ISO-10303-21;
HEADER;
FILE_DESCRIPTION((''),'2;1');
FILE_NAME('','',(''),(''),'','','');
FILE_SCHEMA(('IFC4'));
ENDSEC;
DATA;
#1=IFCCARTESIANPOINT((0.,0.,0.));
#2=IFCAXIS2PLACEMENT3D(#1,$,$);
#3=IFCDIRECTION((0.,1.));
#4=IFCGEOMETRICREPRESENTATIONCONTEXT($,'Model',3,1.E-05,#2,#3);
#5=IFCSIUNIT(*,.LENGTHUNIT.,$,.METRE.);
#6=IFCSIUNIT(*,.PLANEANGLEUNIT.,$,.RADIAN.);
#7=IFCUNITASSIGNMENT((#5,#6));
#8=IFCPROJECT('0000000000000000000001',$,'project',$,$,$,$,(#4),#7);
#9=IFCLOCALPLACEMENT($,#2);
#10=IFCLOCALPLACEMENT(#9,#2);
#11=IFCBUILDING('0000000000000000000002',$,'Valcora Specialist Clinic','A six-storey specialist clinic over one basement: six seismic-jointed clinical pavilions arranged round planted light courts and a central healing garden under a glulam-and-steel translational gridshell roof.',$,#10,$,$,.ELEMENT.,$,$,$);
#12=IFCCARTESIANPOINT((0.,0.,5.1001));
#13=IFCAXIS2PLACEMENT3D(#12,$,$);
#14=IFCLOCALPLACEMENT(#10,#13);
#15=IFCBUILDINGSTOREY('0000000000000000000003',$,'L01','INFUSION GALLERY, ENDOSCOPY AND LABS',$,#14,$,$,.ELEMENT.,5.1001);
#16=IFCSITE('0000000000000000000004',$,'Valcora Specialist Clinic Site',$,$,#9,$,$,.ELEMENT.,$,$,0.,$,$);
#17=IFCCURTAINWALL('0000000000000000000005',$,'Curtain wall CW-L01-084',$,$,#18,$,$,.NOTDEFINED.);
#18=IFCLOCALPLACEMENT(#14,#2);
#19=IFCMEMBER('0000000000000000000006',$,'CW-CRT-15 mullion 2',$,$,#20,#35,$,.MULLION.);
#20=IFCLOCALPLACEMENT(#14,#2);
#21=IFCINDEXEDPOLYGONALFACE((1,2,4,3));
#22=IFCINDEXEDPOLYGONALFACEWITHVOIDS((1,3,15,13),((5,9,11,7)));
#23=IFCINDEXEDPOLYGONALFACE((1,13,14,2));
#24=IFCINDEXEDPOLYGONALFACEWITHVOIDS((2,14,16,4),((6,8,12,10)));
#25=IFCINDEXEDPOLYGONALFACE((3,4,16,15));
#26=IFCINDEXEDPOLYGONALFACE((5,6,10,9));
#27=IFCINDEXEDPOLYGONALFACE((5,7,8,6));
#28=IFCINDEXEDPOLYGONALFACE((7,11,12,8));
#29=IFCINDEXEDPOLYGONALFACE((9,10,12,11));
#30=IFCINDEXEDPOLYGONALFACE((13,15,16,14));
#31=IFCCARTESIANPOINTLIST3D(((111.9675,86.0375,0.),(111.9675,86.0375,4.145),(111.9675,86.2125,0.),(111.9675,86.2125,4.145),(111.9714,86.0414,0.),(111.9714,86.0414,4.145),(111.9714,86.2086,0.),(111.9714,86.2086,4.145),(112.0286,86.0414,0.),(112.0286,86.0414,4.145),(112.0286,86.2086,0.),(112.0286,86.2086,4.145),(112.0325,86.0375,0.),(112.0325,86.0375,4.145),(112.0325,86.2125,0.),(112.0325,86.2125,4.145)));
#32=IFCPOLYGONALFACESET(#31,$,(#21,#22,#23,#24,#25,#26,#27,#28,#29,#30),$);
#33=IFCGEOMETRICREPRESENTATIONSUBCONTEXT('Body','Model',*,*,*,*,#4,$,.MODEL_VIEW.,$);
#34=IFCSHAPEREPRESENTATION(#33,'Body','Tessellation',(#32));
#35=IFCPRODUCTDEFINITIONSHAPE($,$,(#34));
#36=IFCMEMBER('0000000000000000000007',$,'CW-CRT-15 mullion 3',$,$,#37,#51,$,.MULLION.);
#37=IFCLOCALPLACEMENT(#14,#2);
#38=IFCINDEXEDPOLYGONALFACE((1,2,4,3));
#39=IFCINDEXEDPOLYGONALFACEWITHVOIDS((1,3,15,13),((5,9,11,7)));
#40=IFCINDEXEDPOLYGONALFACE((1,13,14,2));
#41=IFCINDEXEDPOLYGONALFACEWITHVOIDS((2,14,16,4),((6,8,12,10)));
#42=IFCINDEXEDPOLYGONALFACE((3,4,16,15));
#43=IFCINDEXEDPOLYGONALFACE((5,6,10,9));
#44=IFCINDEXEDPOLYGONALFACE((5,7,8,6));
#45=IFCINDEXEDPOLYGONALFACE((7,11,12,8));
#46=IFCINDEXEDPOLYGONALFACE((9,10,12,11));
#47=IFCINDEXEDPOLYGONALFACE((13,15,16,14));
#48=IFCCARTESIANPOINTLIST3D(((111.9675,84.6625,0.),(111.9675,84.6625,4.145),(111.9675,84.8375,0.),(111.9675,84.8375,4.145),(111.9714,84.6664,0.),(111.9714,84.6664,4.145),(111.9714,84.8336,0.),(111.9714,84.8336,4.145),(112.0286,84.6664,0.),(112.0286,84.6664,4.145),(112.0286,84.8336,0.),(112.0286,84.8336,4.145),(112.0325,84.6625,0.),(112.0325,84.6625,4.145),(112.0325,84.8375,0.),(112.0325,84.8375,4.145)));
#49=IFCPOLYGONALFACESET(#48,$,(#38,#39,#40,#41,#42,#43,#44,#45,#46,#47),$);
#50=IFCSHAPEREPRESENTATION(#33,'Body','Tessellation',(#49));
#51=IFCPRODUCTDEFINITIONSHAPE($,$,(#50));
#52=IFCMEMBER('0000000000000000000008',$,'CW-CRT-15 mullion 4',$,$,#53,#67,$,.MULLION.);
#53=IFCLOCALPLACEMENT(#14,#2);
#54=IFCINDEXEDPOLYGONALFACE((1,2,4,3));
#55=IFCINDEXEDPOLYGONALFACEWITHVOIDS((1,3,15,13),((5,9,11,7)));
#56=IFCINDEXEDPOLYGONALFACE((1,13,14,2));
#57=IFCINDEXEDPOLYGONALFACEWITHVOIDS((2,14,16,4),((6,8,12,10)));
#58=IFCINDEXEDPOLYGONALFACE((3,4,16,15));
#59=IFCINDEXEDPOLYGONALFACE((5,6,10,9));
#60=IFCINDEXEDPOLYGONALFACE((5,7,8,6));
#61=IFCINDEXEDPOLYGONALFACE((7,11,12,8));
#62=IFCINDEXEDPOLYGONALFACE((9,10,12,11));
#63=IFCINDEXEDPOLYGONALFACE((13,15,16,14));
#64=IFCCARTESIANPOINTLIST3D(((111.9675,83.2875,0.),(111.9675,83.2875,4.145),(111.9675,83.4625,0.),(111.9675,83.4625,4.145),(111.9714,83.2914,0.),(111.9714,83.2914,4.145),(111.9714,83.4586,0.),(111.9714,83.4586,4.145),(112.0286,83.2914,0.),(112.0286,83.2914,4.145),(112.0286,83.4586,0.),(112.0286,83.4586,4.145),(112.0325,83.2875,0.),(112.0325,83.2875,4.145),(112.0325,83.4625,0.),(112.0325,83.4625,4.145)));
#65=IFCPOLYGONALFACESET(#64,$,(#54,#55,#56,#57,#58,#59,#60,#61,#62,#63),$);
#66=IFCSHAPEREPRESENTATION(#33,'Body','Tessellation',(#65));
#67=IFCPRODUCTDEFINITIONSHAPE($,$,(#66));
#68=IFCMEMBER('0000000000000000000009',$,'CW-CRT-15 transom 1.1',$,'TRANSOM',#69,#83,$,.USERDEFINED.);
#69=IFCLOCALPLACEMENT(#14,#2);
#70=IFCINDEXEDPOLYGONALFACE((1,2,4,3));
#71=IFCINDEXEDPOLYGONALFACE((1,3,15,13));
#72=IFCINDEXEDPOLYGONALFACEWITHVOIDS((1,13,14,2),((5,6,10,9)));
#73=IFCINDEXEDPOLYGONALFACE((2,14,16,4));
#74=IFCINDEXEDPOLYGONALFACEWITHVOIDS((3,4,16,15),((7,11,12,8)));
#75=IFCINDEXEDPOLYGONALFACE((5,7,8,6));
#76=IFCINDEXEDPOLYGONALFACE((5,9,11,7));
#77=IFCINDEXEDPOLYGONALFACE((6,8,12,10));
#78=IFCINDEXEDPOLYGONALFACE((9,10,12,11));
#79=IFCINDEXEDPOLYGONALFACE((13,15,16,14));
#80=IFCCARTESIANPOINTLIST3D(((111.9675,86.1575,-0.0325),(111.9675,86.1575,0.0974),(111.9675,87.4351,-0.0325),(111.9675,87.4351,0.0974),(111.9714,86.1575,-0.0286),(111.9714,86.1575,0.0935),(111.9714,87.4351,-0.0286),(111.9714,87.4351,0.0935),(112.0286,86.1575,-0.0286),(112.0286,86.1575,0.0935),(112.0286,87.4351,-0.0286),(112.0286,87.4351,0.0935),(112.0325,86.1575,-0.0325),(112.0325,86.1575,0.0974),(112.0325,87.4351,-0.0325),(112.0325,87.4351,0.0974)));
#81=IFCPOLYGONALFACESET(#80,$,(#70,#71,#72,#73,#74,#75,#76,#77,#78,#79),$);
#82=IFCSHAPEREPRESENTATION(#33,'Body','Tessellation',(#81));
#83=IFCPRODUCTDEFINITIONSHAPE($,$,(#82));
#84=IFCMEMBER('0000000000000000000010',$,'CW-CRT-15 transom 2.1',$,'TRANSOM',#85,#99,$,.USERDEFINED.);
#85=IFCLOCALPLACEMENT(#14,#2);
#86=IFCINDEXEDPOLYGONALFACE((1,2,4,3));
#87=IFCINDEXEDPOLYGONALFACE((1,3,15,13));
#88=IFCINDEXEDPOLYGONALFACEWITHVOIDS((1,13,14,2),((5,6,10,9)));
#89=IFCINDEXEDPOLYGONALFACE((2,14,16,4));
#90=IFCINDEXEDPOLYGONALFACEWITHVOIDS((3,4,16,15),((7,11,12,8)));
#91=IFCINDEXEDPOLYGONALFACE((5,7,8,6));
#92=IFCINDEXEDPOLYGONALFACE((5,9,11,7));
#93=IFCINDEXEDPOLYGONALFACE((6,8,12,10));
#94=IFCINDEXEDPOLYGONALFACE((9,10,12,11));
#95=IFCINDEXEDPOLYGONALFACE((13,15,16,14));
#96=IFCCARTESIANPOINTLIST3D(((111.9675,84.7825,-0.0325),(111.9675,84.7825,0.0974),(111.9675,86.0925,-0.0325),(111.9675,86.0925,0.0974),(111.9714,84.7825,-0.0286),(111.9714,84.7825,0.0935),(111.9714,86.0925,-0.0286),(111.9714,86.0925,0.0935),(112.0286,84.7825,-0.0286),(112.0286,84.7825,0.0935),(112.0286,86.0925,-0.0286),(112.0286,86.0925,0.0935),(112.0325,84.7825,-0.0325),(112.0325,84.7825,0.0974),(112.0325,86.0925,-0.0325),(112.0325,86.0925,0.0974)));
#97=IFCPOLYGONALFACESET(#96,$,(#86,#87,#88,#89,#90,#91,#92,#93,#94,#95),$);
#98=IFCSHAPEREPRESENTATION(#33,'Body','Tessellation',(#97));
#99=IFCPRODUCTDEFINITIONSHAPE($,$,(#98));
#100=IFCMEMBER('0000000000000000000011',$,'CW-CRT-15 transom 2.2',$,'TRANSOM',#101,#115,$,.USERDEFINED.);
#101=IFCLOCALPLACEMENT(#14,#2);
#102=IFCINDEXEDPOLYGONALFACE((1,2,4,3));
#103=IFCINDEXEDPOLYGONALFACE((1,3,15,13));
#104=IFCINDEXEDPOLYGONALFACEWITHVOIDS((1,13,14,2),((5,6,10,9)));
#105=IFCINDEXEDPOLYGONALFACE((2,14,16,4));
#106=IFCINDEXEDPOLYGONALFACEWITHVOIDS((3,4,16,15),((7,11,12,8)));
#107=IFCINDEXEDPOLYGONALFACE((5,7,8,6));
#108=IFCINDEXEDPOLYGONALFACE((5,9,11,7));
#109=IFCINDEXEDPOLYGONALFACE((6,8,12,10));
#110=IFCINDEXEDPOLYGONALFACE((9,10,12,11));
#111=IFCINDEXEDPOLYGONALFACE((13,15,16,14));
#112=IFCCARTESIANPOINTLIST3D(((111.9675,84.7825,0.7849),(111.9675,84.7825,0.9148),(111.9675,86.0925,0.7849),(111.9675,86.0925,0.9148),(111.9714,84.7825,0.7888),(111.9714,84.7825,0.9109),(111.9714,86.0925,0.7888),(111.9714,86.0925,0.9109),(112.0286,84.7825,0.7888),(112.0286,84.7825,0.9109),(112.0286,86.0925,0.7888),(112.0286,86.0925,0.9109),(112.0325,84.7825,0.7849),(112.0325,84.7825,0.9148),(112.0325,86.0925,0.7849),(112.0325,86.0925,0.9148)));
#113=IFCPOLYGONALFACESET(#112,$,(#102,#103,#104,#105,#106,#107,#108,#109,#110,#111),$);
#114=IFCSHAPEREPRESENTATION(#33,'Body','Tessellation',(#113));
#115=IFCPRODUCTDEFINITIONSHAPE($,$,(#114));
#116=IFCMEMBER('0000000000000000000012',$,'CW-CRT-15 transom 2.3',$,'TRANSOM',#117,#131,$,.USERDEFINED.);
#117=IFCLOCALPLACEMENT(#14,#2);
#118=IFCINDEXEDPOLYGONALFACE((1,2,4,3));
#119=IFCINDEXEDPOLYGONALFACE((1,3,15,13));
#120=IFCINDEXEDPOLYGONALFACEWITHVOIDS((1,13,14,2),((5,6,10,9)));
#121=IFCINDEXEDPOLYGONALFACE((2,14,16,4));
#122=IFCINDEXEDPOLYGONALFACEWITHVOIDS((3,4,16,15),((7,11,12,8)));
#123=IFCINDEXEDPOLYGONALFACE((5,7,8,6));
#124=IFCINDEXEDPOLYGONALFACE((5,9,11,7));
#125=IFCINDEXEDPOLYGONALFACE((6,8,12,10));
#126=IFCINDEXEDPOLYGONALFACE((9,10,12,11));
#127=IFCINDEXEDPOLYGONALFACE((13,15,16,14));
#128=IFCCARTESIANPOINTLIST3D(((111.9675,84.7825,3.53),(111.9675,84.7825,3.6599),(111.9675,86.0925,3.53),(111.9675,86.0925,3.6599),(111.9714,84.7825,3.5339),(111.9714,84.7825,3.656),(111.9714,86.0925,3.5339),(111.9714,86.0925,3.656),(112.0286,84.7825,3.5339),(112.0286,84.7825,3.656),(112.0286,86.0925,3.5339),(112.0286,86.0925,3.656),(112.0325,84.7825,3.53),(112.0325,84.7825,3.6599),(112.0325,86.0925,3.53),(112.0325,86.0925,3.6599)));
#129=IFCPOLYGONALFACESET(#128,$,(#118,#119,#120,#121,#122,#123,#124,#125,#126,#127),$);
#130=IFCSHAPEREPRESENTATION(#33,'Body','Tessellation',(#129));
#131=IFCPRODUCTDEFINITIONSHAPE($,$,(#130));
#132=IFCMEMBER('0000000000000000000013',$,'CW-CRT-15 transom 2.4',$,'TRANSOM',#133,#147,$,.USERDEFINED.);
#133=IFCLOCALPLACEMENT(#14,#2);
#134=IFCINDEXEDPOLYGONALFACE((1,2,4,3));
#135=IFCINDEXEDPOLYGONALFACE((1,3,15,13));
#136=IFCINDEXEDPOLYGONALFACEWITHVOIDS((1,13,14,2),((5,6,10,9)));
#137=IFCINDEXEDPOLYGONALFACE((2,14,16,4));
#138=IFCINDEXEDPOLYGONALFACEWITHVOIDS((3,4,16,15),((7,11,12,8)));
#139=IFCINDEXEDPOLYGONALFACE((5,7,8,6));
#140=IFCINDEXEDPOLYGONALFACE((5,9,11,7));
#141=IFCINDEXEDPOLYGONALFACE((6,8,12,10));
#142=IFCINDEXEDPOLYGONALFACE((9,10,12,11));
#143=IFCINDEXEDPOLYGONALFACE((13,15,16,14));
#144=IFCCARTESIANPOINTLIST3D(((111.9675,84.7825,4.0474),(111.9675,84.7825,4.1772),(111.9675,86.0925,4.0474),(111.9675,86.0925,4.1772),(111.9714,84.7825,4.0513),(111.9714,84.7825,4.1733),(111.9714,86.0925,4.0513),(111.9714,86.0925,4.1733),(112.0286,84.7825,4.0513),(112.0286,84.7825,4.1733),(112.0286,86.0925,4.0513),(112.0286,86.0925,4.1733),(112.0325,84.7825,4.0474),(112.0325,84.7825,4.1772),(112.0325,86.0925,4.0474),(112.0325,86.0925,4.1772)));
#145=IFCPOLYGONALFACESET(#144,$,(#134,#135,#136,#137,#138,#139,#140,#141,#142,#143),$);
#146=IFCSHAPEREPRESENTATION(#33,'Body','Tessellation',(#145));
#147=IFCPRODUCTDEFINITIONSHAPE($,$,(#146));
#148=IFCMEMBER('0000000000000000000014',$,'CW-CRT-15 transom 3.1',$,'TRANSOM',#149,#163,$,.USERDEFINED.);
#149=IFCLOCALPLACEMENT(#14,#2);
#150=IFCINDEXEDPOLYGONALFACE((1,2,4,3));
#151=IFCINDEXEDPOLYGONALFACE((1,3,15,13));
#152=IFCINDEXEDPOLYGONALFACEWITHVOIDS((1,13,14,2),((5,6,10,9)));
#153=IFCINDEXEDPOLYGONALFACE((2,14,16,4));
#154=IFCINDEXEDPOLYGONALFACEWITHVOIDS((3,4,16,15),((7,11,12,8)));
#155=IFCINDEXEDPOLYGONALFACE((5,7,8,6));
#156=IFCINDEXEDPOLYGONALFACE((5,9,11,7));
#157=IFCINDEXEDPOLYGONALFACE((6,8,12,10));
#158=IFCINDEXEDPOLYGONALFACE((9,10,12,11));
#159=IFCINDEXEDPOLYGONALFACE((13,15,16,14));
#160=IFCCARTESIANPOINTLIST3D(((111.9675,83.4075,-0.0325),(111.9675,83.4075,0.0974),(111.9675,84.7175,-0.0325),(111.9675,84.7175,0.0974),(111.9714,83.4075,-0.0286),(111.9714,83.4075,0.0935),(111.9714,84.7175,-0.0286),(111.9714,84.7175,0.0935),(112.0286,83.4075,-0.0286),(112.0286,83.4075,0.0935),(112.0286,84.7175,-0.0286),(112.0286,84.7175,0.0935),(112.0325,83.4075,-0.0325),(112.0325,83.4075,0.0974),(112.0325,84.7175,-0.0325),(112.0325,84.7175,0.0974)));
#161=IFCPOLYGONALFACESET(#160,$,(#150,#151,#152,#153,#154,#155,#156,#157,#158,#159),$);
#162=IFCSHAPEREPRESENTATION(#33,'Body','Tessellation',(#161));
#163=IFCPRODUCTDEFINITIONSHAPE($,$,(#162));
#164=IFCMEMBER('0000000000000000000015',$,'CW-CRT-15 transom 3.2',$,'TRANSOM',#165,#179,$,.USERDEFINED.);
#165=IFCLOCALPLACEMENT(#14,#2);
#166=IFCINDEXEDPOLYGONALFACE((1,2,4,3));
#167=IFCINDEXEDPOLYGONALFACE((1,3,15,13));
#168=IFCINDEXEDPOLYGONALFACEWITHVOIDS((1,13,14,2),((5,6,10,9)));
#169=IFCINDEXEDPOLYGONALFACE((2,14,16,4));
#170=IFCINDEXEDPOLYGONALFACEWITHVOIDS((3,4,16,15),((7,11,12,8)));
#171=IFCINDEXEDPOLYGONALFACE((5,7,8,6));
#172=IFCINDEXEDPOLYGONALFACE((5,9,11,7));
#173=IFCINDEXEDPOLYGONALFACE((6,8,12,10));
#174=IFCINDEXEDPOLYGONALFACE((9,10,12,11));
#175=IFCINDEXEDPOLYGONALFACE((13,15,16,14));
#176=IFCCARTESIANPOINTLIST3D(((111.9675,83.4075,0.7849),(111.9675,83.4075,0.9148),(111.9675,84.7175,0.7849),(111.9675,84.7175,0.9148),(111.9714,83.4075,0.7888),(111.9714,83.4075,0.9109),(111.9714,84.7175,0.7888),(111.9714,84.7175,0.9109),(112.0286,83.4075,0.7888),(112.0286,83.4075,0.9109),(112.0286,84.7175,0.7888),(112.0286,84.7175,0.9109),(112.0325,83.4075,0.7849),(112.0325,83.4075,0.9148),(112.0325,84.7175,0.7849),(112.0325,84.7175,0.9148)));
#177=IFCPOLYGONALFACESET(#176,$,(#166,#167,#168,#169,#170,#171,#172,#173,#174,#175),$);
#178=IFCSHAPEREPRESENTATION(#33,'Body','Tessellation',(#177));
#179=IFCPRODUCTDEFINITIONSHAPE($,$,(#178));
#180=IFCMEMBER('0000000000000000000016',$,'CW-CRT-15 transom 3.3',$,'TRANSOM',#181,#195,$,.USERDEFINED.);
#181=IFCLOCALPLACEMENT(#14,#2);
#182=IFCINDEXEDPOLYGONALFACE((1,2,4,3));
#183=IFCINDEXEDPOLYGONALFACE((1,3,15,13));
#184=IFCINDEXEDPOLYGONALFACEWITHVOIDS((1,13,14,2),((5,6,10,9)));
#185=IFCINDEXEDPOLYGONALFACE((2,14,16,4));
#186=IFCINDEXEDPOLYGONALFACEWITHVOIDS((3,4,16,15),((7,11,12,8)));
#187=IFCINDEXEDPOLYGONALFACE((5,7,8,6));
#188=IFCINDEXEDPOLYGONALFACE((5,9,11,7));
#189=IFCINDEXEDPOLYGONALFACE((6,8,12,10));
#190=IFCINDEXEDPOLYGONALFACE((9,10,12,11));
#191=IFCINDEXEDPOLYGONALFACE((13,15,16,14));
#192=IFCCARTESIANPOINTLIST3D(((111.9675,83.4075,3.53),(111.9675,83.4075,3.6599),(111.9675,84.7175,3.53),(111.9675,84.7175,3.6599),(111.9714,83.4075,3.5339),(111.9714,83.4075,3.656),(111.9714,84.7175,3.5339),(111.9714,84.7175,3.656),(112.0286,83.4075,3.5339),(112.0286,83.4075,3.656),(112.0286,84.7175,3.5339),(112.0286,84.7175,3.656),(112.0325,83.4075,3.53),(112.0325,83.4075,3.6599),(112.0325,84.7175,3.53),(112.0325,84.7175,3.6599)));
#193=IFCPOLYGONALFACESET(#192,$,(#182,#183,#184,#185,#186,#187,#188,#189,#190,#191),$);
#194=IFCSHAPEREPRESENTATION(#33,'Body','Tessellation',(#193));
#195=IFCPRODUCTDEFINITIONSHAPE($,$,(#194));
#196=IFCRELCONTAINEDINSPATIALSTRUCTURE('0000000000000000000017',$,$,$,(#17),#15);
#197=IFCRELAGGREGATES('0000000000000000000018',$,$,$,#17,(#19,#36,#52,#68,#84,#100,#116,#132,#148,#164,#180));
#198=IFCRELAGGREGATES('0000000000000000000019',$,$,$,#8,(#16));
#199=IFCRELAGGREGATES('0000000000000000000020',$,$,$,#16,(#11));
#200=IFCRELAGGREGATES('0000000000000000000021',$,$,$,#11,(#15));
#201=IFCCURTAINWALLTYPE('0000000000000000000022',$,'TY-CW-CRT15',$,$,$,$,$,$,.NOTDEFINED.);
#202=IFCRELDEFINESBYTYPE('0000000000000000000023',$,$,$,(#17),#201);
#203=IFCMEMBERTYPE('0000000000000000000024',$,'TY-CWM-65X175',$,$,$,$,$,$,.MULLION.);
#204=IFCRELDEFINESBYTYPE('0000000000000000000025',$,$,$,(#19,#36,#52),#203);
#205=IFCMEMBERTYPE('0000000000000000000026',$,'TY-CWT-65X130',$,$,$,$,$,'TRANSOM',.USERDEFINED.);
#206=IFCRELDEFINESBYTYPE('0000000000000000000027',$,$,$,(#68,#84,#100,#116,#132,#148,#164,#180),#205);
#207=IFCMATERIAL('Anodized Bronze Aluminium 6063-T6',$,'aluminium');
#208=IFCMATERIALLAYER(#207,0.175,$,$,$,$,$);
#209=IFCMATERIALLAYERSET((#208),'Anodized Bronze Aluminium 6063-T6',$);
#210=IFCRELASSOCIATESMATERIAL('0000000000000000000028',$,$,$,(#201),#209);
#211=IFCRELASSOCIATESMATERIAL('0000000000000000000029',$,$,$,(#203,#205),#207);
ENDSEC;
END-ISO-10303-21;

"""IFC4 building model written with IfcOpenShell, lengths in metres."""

from ifc_helpers import new_model, si_unit, direction, frame, origin, origin_2d, place, context, subcontext, project, spatial, hollow_rectangle, extrude, material, layer, layer_set, material_profile, profile_set, type_object, element, aggregate, save


model = new_model("IFC4")

# Units and contexts
model_context = context("Model", 3, precision=1e-05, world=origin(), true_north=direction((0.0, 1.0)))
body_context = subcontext(model_context, "Body", "Model", "MODEL_VIEW")
ifc_project = project(units=[si_unit("LENGTHUNIT", "METRE"), si_unit("PLANEANGLEUNIT", "RADIAN")], contexts=[model_context])

# Site, building, storey
site_placement = place(None, origin())
site = spatial("IfcSite", under=ifc_project, at=site_placement, Name="Valcora Specialist Clinic Site", CompositionType="ELEMENT", RefElevation=0.0)
building_placement = place(site_placement, origin())
building = spatial("IfcBuilding", under=site, at=building_placement, Name="Valcora Specialist Clinic", Description="A six-storey specialist clinic over one basement: six seismic-jointed clinical pavilions arranged round planted light courts and a central healing garden under a glulam-and-steel translational gridshell roof.", CompositionType="ELEMENT")
storey_placement = place(building_placement, frame((0.0, 0.0, 5.1001)))
storey = spatial("IfcBuildingStorey", under=building, at=storey_placement, Name="L01", Description="INFUSION GALLERY, ENDOSCOPY AND LABS", CompositionType="ELEMENT", Elevation=5.1001)

# Curtain wall, members
ifc_material_1 = material(Name="Anodized Bronze Aluminium 6063-T6", Category="aluminium")
ifc_layer_1 = layer(ifc_material_1, 0.175)
ifc_layer_set_1 = layer_set([ifc_layer_1], Name="Anodized Bronze Aluminium 6063-T6")
curtain_wall_type = type_object("IfcCurtainWallType", Name="TY-CW-CRT15", PredefinedType="NOTDEFINED", material=ifc_layer_set_1)
curtain_wall_placement = place(storey_placement, origin())
curtain_wall = element("IfcCurtainWall", 1, at=curtain_wall_placement, inside=storey, type_object=curtain_wall_type, Name="Curtain wall CW-L01-084", PredefinedType="NOTDEFINED")
ifc_material_profile_1 = material_profile(ifc_material_1, hollow_rectangle(XDim=0.0649, YDim=0.175, WallThickness=0.0039, at=origin_2d()), Name="AL-MUL-65X175")
ifc_profile_set_1 = profile_set([ifc_material_profile_1], Name="Anodized Bronze Aluminium 6063-T6")
member_type_1 = type_object("IfcMemberType", Name="TY-CWM-65X175", PredefinedType="MULLION", material=ifc_profile_set_1)
member_1_placement = place(storey_placement, frame((112.0, 86.125, 0.0), z_axis=(0.0, 0.0, 1.0), x_axis=(1.0, 0.0, 0.0)))
member_1 = element("IfcMember", 2, at=member_1_placement, type_object=member_type_1, Name="CW-CRT-15 mullion 2", PredefinedType="MULLION", context=body_context, shape_type="SweptSolid", body=[
    extrude(hollow_rectangle(XDim=0.0649, YDim=0.175, WallThickness=0.0039, at=origin_2d()), origin(), (0.0, 0.0, 1.0), 4.145),
])
member_2_placement = place(storey_placement, frame((112.0, 84.75, 0.0), z_axis=(0.0, 0.0, 1.0), x_axis=(1.0, 0.0, 0.0)))
member_2 = element("IfcMember", 3, at=member_2_placement, type_object=member_type_1, Name="CW-CRT-15 mullion 3", PredefinedType="MULLION", context=body_context, shape_type="SweptSolid", body=[
    extrude(hollow_rectangle(XDim=0.0649, YDim=0.175, WallThickness=0.0039, at=origin_2d()), origin(), (0.0, 0.0, 1.0), 4.145),
])
member_3_placement = place(storey_placement, frame((112.0, 83.375, 0.0), z_axis=(0.0, 0.0, 1.0), x_axis=(1.0, 0.0, 0.0)))
member_3 = element("IfcMember", 4, at=member_3_placement, type_object=member_type_1, Name="CW-CRT-15 mullion 4", PredefinedType="MULLION", context=body_context, shape_type="SweptSolid", body=[
    extrude(hollow_rectangle(XDim=0.0649, YDim=0.175, WallThickness=0.0039, at=origin_2d()), origin(), (0.0, 0.0, 1.0), 4.145),
])
ifc_material_profile_2 = material_profile(ifc_material_1, hollow_rectangle(XDim=0.0649, YDim=0.1299, WallThickness=0.0039, at=origin_2d()), Name="AL-TRN-65X130")
ifc_profile_set_2 = profile_set([ifc_material_profile_2], Name="Anodized Bronze Aluminium 6063-T6")
member_type_2 = type_object("IfcMemberType", Name="TY-CWT-65X130", ElementType="TRANSOM", PredefinedType="USERDEFINED", material=ifc_profile_set_2)
member_4_placement = place(storey_placement, frame((112.0, 87.4351, 0.0325), z_axis=(0.0, -1.0, 0.0), x_axis=(1.0, 0.0, 0.0)))
member_4 = element("IfcMember", 5, at=member_4_placement, type_object=member_type_2, Name="CW-CRT-15 transom 1.1", ObjectType="TRANSOM", PredefinedType="USERDEFINED", context=body_context, shape_type="SweptSolid", body=[
    extrude(hollow_rectangle(XDim=0.0649, YDim=0.1299, WallThickness=0.0039, at=origin_2d()), origin(), (0.0, 0.0, 1.0), 1.2776),
])
member_5_placement = place(storey_placement, frame((112.0, 86.0925, 0.0325), z_axis=(0.0, -1.0, 0.0), x_axis=(1.0, 0.0, 0.0)))
member_5 = element("IfcMember", 6, at=member_5_placement, type_object=member_type_2, Name="CW-CRT-15 transom 2.1", ObjectType="TRANSOM", PredefinedType="USERDEFINED", context=body_context, shape_type="SweptSolid", body=[
    extrude(hollow_rectangle(XDim=0.0649, YDim=0.1299, WallThickness=0.0039, at=origin_2d()), origin(), (0.0, 0.0, 1.0), 1.3101),
])
member_6_placement = place(storey_placement, frame((112.0, 86.0925, 0.8499), z_axis=(0.0, -1.0, 0.0), x_axis=(1.0, 0.0, 0.0)))
member_6 = element("IfcMember", 7, at=member_6_placement, type_object=member_type_2, Name="CW-CRT-15 transom 2.2", ObjectType="TRANSOM", PredefinedType="USERDEFINED", context=body_context, shape_type="SweptSolid", body=[
    extrude(hollow_rectangle(XDim=0.0649, YDim=0.1299, WallThickness=0.0039, at=origin_2d()), origin(), (0.0, 0.0, 1.0), 1.3101),
])
member_7_placement = place(storey_placement, frame((112.0, 86.0925, 3.595), z_axis=(0.0, -1.0, 0.0), x_axis=(1.0, 0.0, 0.0)))
member_7 = element("IfcMember", 8, at=member_7_placement, type_object=member_type_2, Name="CW-CRT-15 transom 2.3", ObjectType="TRANSOM", PredefinedType="USERDEFINED", context=body_context, shape_type="SweptSolid", body=[
    extrude(hollow_rectangle(XDim=0.0649, YDim=0.1299, WallThickness=0.0039, at=origin_2d()), origin(), (0.0, 0.0, 1.0), 1.3101),
])
member_8_placement = place(storey_placement, frame((112.0, 86.0925, 4.1123), z_axis=(0.0, -1.0, 0.0), x_axis=(1.0, 0.0, 0.0)))
member_8 = element("IfcMember", 9, at=member_8_placement, type_object=member_type_2, Name="CW-CRT-15 transom 2.4", ObjectType="TRANSOM", PredefinedType="USERDEFINED", context=body_context, shape_type="SweptSolid", body=[
    extrude(hollow_rectangle(XDim=0.0649, YDim=0.1299, WallThickness=0.0039, at=origin_2d()), origin(), (0.0, 0.0, 1.0), 1.3101),
])
member_9_placement = place(storey_placement, frame((112.0, 84.7175, 0.0325), z_axis=(0.0, -1.0, 0.0), x_axis=(1.0, 0.0, 0.0)))
member_9 = element("IfcMember", 10, at=member_9_placement, type_object=member_type_2, Name="CW-CRT-15 transom 3.1", ObjectType="TRANSOM", PredefinedType="USERDEFINED", context=body_context, shape_type="SweptSolid", body=[
    extrude(hollow_rectangle(XDim=0.0649, YDim=0.1299, WallThickness=0.0039, at=origin_2d()), origin(), (0.0, 0.0, 1.0), 1.3101),
])
member_10_placement = place(storey_placement, frame((112.0, 84.7175, 0.8499), z_axis=(0.0, -1.0, 0.0), x_axis=(1.0, 0.0, 0.0)))
member_10 = element("IfcMember", 11, at=member_10_placement, type_object=member_type_2, Name="CW-CRT-15 transom 3.2", ObjectType="TRANSOM", PredefinedType="USERDEFINED", context=body_context, shape_type="SweptSolid", body=[
    extrude(hollow_rectangle(XDim=0.0649, YDim=0.1299, WallThickness=0.0039, at=origin_2d()), origin(), (0.0, 0.0, 1.0), 1.3101),
])
member_11_placement = place(storey_placement, frame((112.0, 84.7175, 3.595), z_axis=(0.0, -1.0, 0.0), x_axis=(1.0, 0.0, 0.0)))
member_11 = element("IfcMember", 12, at=member_11_placement, type_object=member_type_2, Name="CW-CRT-15 transom 3.3", ObjectType="TRANSOM", PredefinedType="USERDEFINED", context=body_context, shape_type="SweptSolid", body=[
    extrude(hollow_rectangle(XDim=0.0649, YDim=0.1299, WallThickness=0.0039, at=origin_2d()), origin(), (0.0, 0.0, 1.0), 1.3101),
])
aggregate(curtain_wall, [member_1, member_2, member_3, member_4, member_5, member_6, member_7, member_8, member_9, member_10, member_11])

save(model, "model.ifc")
